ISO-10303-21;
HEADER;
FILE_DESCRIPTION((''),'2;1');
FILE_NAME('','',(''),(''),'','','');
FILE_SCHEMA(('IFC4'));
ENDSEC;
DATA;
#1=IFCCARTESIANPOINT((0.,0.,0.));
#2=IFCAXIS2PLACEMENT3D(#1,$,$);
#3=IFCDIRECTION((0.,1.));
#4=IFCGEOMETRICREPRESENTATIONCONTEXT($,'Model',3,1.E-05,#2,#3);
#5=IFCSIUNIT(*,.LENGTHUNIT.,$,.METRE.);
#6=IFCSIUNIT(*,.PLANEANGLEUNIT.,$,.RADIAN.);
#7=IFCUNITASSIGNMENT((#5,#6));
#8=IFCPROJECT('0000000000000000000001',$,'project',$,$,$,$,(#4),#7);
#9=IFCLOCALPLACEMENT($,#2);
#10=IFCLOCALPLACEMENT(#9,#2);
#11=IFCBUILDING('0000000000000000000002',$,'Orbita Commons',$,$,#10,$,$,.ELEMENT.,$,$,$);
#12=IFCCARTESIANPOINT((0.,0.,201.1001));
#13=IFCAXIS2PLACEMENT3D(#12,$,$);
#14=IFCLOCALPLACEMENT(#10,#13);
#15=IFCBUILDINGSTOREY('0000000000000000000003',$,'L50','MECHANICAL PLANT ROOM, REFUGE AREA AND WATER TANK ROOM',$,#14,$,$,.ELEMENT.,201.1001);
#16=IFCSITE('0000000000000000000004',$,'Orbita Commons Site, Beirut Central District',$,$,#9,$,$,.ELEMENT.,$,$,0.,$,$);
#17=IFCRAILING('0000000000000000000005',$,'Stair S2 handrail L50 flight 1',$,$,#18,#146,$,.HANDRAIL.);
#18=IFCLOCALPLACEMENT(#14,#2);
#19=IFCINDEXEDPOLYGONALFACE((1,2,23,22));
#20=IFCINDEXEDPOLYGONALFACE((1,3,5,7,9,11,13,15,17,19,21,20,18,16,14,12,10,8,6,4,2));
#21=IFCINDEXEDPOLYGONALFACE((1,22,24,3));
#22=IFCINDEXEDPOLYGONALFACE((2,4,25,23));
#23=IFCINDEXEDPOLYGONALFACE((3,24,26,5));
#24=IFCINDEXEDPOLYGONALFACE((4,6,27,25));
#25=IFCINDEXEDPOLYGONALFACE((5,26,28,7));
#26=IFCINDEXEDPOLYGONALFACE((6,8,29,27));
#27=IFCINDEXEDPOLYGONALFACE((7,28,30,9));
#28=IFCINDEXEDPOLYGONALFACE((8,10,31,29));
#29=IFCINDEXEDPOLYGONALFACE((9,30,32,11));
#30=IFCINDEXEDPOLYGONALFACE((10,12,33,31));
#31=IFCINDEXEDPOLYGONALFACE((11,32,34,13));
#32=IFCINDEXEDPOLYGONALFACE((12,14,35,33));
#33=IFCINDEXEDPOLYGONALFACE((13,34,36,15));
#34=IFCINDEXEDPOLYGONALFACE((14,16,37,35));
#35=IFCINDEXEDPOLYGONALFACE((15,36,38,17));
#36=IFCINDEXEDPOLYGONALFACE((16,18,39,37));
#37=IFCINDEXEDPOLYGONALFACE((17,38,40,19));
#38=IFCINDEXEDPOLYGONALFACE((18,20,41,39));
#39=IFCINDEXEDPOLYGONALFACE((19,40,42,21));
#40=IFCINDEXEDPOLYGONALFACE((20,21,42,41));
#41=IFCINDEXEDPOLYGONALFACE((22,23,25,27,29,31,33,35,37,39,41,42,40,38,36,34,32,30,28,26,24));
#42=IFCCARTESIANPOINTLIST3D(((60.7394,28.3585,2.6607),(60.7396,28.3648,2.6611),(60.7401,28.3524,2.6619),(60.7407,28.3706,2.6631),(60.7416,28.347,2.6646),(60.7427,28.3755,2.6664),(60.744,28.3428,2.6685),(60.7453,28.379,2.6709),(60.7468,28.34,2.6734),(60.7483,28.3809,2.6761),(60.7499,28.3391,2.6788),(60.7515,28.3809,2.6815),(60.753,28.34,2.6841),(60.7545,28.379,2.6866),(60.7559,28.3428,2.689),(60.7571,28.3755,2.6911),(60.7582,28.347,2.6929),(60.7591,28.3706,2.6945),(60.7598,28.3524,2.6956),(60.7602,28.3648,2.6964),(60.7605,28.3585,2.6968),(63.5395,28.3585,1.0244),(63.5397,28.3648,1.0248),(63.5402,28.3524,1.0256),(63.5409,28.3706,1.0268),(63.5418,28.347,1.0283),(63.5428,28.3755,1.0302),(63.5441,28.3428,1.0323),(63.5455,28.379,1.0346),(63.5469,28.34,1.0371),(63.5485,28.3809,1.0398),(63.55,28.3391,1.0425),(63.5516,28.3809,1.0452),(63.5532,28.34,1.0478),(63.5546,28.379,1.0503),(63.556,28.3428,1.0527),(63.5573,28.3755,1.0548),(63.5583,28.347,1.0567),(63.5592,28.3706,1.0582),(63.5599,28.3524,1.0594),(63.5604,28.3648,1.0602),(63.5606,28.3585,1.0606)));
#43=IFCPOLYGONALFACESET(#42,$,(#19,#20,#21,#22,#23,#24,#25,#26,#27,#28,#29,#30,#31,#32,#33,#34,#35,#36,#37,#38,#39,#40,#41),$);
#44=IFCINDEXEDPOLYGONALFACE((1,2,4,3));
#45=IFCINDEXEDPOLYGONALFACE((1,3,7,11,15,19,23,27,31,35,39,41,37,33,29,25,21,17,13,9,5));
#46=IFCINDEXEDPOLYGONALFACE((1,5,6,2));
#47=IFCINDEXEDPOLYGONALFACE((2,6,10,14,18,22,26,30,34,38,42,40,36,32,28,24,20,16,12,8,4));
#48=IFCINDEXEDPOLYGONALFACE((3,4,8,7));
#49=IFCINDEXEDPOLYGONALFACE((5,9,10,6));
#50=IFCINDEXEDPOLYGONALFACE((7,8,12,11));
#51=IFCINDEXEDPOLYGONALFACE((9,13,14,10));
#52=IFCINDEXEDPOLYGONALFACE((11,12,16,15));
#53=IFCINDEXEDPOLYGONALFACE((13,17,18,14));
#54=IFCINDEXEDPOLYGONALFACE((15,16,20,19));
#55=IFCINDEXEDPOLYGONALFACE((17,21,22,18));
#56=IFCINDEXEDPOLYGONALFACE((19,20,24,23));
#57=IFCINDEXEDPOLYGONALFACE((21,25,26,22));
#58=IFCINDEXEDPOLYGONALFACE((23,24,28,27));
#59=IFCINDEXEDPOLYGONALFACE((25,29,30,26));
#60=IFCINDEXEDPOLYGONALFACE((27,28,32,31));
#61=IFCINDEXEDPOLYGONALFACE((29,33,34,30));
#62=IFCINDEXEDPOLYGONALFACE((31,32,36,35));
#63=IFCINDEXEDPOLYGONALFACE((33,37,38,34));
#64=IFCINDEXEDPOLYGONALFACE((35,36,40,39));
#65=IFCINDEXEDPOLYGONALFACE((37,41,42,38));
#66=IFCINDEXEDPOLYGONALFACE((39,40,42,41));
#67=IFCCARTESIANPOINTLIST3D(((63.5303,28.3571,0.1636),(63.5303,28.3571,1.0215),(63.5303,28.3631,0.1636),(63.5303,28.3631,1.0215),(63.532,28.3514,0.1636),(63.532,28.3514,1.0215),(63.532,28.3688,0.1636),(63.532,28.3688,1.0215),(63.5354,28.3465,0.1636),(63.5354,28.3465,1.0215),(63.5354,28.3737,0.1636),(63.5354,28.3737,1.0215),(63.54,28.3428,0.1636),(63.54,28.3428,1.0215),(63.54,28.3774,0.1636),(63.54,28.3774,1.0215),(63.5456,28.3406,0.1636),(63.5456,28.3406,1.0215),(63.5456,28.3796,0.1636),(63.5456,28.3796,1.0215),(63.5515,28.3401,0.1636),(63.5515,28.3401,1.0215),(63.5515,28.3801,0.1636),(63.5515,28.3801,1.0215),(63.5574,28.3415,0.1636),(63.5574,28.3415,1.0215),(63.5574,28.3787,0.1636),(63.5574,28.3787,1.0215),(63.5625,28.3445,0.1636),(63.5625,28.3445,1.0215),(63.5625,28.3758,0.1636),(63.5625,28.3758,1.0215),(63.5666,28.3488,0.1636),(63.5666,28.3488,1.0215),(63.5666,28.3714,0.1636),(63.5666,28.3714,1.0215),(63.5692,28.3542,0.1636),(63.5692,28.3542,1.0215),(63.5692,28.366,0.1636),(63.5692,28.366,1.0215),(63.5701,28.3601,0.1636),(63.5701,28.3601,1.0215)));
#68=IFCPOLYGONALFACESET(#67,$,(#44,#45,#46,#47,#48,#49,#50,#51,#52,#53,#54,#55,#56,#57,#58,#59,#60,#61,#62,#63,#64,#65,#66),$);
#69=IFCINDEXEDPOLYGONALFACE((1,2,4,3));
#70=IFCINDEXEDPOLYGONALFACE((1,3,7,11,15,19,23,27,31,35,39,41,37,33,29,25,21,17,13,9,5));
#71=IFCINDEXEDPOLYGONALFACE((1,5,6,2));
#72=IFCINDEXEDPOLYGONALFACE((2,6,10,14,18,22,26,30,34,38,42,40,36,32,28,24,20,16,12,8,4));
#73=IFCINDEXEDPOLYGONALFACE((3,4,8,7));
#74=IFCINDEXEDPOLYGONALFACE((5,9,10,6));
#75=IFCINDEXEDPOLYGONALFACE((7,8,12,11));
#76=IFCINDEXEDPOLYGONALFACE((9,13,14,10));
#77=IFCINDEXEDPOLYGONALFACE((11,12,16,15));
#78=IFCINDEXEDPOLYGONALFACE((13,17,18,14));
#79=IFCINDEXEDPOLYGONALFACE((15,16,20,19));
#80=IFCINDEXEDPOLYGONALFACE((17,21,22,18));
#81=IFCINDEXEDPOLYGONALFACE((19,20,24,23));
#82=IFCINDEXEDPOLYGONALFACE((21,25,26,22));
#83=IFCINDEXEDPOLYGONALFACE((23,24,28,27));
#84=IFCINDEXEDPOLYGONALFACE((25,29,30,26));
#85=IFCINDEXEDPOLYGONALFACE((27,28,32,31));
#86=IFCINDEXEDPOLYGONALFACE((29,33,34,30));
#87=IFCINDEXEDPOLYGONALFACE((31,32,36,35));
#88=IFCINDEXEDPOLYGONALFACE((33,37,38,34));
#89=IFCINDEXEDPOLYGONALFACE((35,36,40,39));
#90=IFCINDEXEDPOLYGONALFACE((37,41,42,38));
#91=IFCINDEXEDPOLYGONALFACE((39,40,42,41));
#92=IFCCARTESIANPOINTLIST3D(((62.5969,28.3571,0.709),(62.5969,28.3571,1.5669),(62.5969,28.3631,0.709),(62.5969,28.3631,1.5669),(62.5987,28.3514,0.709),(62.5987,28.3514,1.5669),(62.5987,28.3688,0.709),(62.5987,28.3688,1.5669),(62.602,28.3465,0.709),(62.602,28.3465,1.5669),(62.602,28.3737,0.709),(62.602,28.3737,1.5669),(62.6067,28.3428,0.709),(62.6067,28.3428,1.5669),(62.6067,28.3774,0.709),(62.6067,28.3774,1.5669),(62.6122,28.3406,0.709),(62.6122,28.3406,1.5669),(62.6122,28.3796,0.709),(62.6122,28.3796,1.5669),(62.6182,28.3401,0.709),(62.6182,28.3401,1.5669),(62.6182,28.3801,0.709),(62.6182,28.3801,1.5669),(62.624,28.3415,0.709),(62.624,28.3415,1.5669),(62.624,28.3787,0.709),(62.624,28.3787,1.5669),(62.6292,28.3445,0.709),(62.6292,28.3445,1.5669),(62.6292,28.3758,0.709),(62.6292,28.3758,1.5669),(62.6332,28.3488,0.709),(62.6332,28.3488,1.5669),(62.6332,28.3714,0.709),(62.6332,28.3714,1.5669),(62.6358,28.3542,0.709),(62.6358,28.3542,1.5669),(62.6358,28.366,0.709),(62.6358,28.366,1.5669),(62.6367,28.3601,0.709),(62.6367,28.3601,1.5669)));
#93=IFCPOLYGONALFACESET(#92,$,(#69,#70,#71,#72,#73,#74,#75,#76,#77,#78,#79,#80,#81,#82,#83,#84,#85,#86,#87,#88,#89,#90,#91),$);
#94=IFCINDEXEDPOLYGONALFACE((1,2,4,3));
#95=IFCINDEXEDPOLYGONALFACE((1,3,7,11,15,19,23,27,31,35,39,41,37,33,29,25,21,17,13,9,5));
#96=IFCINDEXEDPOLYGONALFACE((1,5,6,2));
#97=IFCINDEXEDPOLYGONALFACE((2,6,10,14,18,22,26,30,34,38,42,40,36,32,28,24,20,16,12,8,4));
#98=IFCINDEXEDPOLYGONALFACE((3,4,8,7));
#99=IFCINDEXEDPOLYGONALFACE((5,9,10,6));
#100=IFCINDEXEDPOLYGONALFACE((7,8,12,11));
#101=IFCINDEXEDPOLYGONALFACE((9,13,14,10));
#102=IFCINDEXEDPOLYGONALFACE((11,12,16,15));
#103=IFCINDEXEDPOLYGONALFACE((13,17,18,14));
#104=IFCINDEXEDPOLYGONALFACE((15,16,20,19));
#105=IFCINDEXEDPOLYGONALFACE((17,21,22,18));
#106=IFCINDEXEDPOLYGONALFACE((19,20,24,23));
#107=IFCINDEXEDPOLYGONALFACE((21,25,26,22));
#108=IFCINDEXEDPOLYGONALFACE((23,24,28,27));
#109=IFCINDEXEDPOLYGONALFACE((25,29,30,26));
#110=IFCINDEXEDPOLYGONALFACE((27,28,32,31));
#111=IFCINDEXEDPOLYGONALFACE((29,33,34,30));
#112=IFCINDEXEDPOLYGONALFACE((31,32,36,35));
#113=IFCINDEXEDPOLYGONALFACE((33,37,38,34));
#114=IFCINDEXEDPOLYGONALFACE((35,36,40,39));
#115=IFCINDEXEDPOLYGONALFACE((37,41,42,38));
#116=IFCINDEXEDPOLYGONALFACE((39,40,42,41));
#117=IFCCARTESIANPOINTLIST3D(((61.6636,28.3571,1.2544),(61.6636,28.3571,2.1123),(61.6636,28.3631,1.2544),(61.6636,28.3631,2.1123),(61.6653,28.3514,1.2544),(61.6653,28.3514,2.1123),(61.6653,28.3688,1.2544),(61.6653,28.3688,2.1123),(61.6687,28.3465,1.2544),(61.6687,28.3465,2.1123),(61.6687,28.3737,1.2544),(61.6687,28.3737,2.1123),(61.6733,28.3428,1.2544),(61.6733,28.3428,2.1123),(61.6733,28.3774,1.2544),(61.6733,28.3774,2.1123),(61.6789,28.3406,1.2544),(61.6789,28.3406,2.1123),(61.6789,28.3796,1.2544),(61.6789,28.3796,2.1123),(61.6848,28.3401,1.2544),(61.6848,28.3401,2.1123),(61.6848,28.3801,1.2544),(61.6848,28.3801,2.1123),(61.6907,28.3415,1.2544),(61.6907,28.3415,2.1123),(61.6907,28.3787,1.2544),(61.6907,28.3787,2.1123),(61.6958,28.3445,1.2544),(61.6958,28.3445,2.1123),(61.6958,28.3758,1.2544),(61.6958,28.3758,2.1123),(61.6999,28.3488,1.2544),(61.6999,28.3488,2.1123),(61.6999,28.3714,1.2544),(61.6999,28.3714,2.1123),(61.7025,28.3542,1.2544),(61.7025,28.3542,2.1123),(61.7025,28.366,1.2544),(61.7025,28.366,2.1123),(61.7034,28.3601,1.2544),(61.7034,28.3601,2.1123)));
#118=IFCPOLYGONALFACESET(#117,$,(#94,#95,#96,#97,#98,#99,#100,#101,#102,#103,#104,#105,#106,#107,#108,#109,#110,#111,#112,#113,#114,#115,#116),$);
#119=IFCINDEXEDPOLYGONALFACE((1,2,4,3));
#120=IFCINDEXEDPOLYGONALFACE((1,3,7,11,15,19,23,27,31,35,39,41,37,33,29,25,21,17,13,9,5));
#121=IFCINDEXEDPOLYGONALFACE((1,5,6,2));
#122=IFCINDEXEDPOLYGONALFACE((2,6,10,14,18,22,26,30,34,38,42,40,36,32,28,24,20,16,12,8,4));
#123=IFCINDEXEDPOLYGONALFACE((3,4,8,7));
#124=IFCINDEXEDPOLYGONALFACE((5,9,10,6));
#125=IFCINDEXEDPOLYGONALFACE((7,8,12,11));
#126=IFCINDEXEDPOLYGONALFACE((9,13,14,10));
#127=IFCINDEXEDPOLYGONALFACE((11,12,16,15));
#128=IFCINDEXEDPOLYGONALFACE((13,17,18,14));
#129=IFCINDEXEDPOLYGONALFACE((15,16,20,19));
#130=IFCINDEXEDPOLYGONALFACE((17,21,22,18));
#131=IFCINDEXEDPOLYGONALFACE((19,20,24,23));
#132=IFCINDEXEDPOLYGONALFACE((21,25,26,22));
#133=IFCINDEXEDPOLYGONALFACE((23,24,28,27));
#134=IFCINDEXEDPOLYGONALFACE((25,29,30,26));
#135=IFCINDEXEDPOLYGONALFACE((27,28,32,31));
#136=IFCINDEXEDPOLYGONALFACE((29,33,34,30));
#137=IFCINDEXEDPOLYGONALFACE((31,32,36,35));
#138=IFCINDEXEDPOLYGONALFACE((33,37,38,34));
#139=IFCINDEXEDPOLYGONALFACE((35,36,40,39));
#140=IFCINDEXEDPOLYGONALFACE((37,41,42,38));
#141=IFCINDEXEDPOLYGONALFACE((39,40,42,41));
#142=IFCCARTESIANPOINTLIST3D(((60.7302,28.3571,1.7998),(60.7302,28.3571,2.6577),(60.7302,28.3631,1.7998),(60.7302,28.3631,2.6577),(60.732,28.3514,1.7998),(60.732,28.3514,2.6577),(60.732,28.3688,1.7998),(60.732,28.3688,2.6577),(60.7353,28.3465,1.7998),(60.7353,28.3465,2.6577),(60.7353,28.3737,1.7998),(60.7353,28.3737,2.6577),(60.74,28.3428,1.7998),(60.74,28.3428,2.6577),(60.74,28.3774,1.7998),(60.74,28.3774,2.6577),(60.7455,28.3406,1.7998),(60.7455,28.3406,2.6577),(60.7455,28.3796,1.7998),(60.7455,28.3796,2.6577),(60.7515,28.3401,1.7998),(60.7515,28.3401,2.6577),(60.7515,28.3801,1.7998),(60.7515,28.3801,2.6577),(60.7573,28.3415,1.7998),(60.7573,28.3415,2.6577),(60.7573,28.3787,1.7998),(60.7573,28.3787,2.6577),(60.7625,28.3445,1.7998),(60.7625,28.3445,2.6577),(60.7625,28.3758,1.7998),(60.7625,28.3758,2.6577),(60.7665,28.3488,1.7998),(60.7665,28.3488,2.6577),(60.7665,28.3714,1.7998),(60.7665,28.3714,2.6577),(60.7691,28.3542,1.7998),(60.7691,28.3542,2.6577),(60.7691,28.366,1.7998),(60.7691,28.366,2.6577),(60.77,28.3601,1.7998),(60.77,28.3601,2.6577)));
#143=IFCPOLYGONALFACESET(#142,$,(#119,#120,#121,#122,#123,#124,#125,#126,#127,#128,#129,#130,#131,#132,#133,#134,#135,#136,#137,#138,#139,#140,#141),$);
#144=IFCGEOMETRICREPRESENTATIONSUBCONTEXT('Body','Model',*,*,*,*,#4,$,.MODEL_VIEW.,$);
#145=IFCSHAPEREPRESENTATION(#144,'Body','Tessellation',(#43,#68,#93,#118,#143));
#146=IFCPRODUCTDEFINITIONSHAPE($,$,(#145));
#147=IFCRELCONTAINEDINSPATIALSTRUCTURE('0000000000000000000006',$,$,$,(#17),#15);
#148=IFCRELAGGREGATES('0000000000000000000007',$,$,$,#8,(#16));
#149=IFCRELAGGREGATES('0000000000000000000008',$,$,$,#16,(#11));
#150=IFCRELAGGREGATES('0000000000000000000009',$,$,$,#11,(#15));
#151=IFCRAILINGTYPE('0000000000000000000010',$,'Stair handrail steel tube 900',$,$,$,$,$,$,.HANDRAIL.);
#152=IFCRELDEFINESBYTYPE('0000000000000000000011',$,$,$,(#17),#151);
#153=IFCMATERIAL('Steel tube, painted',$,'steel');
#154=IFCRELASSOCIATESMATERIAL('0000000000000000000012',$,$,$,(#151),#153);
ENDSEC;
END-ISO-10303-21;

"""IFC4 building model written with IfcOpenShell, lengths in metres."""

from ifc_helpers import new_model, si_unit, direction, frame, origin, origin_2d, place, context, subcontext, project, spatial, circle, extrude, material, type_object, element, save


model = new_model("IFC4")

# Units and contexts
model_context = context("Model", 3, precision=1e-05, world=origin(), true_north=direction((0.0, 1.0)))
body_context = subcontext(model_context, "Body", "Model", "MODEL_VIEW")
ifc_project = project(units=[si_unit("LENGTHUNIT", "METRE"), si_unit("PLANEANGLEUNIT", "RADIAN")], contexts=[model_context])

# Site, building, storey
site_placement = place(None, origin())
site = spatial("IfcSite", under=ifc_project, at=site_placement, Name="Orbita Commons Site, Beirut Central District", CompositionType="ELEMENT", RefElevation=0.0)
building_placement = place(site_placement, origin())
building = spatial("IfcBuilding", under=site, at=building_placement, Name="Orbita Commons", CompositionType="ELEMENT")
storey_placement = place(building_placement, frame((0.0, 0.0, 201.1001)))
storey = spatial("IfcBuildingStorey", under=building, at=storey_placement, Name="L50", Description="MECHANICAL PLANT ROOM, REFUGE AREA AND WATER TANK ROOM", CompositionType="ELEMENT", Elevation=201.1001)

# Railing
ifc_material_1 = material(Name="Steel tube, painted", Category="steel")
railing_type = type_object("IfcRailingType", Name="Stair handrail steel tube 900", PredefinedType="HANDRAIL", material=ifc_material_1)
for number, where, name in (
    (1, (63.55, 28.3601, 0.1636), "Stair S2 handrail L50 flight 1"),
):
    element("IfcRailing", number, at=place(storey_placement, frame(where)), inside=storey, type_object=railing_type, Name=name, PredefinedType="HANDRAIL", context=body_context, shape_type="SweptSolid", body=[
        extrude(circle(Radius=0.021, at=origin_2d()), frame((0.0, 0.0, 0.8789), z_axis=(-0.863394, 0.0, 0.504531), x_axis=(0.0, -1.0, 0.0)), (0.0, 0.0, 1.0), 3.2432),
        extrude(circle(Radius=0.02, at=origin_2d()), origin(), (0.0, 0.0, 1.0), 0.8579),
        extrude(circle(Radius=0.02, at=origin_2d()), frame((-0.9333, 0.0, 0.5454)), (0.0, 0.0, 1.0), 0.8579),
        extrude(circle(Radius=0.02, at=origin_2d()), frame((-1.8667, 0.0, 1.0908)), (0.0, 0.0, 1.0), 0.8579),
        extrude(circle(Radius=0.02, at=origin_2d()), frame((-2.8, 0.0, 1.6362)), (0.0, 0.0, 1.0), 0.8579),
    ])

save(model, "model.ifc")
